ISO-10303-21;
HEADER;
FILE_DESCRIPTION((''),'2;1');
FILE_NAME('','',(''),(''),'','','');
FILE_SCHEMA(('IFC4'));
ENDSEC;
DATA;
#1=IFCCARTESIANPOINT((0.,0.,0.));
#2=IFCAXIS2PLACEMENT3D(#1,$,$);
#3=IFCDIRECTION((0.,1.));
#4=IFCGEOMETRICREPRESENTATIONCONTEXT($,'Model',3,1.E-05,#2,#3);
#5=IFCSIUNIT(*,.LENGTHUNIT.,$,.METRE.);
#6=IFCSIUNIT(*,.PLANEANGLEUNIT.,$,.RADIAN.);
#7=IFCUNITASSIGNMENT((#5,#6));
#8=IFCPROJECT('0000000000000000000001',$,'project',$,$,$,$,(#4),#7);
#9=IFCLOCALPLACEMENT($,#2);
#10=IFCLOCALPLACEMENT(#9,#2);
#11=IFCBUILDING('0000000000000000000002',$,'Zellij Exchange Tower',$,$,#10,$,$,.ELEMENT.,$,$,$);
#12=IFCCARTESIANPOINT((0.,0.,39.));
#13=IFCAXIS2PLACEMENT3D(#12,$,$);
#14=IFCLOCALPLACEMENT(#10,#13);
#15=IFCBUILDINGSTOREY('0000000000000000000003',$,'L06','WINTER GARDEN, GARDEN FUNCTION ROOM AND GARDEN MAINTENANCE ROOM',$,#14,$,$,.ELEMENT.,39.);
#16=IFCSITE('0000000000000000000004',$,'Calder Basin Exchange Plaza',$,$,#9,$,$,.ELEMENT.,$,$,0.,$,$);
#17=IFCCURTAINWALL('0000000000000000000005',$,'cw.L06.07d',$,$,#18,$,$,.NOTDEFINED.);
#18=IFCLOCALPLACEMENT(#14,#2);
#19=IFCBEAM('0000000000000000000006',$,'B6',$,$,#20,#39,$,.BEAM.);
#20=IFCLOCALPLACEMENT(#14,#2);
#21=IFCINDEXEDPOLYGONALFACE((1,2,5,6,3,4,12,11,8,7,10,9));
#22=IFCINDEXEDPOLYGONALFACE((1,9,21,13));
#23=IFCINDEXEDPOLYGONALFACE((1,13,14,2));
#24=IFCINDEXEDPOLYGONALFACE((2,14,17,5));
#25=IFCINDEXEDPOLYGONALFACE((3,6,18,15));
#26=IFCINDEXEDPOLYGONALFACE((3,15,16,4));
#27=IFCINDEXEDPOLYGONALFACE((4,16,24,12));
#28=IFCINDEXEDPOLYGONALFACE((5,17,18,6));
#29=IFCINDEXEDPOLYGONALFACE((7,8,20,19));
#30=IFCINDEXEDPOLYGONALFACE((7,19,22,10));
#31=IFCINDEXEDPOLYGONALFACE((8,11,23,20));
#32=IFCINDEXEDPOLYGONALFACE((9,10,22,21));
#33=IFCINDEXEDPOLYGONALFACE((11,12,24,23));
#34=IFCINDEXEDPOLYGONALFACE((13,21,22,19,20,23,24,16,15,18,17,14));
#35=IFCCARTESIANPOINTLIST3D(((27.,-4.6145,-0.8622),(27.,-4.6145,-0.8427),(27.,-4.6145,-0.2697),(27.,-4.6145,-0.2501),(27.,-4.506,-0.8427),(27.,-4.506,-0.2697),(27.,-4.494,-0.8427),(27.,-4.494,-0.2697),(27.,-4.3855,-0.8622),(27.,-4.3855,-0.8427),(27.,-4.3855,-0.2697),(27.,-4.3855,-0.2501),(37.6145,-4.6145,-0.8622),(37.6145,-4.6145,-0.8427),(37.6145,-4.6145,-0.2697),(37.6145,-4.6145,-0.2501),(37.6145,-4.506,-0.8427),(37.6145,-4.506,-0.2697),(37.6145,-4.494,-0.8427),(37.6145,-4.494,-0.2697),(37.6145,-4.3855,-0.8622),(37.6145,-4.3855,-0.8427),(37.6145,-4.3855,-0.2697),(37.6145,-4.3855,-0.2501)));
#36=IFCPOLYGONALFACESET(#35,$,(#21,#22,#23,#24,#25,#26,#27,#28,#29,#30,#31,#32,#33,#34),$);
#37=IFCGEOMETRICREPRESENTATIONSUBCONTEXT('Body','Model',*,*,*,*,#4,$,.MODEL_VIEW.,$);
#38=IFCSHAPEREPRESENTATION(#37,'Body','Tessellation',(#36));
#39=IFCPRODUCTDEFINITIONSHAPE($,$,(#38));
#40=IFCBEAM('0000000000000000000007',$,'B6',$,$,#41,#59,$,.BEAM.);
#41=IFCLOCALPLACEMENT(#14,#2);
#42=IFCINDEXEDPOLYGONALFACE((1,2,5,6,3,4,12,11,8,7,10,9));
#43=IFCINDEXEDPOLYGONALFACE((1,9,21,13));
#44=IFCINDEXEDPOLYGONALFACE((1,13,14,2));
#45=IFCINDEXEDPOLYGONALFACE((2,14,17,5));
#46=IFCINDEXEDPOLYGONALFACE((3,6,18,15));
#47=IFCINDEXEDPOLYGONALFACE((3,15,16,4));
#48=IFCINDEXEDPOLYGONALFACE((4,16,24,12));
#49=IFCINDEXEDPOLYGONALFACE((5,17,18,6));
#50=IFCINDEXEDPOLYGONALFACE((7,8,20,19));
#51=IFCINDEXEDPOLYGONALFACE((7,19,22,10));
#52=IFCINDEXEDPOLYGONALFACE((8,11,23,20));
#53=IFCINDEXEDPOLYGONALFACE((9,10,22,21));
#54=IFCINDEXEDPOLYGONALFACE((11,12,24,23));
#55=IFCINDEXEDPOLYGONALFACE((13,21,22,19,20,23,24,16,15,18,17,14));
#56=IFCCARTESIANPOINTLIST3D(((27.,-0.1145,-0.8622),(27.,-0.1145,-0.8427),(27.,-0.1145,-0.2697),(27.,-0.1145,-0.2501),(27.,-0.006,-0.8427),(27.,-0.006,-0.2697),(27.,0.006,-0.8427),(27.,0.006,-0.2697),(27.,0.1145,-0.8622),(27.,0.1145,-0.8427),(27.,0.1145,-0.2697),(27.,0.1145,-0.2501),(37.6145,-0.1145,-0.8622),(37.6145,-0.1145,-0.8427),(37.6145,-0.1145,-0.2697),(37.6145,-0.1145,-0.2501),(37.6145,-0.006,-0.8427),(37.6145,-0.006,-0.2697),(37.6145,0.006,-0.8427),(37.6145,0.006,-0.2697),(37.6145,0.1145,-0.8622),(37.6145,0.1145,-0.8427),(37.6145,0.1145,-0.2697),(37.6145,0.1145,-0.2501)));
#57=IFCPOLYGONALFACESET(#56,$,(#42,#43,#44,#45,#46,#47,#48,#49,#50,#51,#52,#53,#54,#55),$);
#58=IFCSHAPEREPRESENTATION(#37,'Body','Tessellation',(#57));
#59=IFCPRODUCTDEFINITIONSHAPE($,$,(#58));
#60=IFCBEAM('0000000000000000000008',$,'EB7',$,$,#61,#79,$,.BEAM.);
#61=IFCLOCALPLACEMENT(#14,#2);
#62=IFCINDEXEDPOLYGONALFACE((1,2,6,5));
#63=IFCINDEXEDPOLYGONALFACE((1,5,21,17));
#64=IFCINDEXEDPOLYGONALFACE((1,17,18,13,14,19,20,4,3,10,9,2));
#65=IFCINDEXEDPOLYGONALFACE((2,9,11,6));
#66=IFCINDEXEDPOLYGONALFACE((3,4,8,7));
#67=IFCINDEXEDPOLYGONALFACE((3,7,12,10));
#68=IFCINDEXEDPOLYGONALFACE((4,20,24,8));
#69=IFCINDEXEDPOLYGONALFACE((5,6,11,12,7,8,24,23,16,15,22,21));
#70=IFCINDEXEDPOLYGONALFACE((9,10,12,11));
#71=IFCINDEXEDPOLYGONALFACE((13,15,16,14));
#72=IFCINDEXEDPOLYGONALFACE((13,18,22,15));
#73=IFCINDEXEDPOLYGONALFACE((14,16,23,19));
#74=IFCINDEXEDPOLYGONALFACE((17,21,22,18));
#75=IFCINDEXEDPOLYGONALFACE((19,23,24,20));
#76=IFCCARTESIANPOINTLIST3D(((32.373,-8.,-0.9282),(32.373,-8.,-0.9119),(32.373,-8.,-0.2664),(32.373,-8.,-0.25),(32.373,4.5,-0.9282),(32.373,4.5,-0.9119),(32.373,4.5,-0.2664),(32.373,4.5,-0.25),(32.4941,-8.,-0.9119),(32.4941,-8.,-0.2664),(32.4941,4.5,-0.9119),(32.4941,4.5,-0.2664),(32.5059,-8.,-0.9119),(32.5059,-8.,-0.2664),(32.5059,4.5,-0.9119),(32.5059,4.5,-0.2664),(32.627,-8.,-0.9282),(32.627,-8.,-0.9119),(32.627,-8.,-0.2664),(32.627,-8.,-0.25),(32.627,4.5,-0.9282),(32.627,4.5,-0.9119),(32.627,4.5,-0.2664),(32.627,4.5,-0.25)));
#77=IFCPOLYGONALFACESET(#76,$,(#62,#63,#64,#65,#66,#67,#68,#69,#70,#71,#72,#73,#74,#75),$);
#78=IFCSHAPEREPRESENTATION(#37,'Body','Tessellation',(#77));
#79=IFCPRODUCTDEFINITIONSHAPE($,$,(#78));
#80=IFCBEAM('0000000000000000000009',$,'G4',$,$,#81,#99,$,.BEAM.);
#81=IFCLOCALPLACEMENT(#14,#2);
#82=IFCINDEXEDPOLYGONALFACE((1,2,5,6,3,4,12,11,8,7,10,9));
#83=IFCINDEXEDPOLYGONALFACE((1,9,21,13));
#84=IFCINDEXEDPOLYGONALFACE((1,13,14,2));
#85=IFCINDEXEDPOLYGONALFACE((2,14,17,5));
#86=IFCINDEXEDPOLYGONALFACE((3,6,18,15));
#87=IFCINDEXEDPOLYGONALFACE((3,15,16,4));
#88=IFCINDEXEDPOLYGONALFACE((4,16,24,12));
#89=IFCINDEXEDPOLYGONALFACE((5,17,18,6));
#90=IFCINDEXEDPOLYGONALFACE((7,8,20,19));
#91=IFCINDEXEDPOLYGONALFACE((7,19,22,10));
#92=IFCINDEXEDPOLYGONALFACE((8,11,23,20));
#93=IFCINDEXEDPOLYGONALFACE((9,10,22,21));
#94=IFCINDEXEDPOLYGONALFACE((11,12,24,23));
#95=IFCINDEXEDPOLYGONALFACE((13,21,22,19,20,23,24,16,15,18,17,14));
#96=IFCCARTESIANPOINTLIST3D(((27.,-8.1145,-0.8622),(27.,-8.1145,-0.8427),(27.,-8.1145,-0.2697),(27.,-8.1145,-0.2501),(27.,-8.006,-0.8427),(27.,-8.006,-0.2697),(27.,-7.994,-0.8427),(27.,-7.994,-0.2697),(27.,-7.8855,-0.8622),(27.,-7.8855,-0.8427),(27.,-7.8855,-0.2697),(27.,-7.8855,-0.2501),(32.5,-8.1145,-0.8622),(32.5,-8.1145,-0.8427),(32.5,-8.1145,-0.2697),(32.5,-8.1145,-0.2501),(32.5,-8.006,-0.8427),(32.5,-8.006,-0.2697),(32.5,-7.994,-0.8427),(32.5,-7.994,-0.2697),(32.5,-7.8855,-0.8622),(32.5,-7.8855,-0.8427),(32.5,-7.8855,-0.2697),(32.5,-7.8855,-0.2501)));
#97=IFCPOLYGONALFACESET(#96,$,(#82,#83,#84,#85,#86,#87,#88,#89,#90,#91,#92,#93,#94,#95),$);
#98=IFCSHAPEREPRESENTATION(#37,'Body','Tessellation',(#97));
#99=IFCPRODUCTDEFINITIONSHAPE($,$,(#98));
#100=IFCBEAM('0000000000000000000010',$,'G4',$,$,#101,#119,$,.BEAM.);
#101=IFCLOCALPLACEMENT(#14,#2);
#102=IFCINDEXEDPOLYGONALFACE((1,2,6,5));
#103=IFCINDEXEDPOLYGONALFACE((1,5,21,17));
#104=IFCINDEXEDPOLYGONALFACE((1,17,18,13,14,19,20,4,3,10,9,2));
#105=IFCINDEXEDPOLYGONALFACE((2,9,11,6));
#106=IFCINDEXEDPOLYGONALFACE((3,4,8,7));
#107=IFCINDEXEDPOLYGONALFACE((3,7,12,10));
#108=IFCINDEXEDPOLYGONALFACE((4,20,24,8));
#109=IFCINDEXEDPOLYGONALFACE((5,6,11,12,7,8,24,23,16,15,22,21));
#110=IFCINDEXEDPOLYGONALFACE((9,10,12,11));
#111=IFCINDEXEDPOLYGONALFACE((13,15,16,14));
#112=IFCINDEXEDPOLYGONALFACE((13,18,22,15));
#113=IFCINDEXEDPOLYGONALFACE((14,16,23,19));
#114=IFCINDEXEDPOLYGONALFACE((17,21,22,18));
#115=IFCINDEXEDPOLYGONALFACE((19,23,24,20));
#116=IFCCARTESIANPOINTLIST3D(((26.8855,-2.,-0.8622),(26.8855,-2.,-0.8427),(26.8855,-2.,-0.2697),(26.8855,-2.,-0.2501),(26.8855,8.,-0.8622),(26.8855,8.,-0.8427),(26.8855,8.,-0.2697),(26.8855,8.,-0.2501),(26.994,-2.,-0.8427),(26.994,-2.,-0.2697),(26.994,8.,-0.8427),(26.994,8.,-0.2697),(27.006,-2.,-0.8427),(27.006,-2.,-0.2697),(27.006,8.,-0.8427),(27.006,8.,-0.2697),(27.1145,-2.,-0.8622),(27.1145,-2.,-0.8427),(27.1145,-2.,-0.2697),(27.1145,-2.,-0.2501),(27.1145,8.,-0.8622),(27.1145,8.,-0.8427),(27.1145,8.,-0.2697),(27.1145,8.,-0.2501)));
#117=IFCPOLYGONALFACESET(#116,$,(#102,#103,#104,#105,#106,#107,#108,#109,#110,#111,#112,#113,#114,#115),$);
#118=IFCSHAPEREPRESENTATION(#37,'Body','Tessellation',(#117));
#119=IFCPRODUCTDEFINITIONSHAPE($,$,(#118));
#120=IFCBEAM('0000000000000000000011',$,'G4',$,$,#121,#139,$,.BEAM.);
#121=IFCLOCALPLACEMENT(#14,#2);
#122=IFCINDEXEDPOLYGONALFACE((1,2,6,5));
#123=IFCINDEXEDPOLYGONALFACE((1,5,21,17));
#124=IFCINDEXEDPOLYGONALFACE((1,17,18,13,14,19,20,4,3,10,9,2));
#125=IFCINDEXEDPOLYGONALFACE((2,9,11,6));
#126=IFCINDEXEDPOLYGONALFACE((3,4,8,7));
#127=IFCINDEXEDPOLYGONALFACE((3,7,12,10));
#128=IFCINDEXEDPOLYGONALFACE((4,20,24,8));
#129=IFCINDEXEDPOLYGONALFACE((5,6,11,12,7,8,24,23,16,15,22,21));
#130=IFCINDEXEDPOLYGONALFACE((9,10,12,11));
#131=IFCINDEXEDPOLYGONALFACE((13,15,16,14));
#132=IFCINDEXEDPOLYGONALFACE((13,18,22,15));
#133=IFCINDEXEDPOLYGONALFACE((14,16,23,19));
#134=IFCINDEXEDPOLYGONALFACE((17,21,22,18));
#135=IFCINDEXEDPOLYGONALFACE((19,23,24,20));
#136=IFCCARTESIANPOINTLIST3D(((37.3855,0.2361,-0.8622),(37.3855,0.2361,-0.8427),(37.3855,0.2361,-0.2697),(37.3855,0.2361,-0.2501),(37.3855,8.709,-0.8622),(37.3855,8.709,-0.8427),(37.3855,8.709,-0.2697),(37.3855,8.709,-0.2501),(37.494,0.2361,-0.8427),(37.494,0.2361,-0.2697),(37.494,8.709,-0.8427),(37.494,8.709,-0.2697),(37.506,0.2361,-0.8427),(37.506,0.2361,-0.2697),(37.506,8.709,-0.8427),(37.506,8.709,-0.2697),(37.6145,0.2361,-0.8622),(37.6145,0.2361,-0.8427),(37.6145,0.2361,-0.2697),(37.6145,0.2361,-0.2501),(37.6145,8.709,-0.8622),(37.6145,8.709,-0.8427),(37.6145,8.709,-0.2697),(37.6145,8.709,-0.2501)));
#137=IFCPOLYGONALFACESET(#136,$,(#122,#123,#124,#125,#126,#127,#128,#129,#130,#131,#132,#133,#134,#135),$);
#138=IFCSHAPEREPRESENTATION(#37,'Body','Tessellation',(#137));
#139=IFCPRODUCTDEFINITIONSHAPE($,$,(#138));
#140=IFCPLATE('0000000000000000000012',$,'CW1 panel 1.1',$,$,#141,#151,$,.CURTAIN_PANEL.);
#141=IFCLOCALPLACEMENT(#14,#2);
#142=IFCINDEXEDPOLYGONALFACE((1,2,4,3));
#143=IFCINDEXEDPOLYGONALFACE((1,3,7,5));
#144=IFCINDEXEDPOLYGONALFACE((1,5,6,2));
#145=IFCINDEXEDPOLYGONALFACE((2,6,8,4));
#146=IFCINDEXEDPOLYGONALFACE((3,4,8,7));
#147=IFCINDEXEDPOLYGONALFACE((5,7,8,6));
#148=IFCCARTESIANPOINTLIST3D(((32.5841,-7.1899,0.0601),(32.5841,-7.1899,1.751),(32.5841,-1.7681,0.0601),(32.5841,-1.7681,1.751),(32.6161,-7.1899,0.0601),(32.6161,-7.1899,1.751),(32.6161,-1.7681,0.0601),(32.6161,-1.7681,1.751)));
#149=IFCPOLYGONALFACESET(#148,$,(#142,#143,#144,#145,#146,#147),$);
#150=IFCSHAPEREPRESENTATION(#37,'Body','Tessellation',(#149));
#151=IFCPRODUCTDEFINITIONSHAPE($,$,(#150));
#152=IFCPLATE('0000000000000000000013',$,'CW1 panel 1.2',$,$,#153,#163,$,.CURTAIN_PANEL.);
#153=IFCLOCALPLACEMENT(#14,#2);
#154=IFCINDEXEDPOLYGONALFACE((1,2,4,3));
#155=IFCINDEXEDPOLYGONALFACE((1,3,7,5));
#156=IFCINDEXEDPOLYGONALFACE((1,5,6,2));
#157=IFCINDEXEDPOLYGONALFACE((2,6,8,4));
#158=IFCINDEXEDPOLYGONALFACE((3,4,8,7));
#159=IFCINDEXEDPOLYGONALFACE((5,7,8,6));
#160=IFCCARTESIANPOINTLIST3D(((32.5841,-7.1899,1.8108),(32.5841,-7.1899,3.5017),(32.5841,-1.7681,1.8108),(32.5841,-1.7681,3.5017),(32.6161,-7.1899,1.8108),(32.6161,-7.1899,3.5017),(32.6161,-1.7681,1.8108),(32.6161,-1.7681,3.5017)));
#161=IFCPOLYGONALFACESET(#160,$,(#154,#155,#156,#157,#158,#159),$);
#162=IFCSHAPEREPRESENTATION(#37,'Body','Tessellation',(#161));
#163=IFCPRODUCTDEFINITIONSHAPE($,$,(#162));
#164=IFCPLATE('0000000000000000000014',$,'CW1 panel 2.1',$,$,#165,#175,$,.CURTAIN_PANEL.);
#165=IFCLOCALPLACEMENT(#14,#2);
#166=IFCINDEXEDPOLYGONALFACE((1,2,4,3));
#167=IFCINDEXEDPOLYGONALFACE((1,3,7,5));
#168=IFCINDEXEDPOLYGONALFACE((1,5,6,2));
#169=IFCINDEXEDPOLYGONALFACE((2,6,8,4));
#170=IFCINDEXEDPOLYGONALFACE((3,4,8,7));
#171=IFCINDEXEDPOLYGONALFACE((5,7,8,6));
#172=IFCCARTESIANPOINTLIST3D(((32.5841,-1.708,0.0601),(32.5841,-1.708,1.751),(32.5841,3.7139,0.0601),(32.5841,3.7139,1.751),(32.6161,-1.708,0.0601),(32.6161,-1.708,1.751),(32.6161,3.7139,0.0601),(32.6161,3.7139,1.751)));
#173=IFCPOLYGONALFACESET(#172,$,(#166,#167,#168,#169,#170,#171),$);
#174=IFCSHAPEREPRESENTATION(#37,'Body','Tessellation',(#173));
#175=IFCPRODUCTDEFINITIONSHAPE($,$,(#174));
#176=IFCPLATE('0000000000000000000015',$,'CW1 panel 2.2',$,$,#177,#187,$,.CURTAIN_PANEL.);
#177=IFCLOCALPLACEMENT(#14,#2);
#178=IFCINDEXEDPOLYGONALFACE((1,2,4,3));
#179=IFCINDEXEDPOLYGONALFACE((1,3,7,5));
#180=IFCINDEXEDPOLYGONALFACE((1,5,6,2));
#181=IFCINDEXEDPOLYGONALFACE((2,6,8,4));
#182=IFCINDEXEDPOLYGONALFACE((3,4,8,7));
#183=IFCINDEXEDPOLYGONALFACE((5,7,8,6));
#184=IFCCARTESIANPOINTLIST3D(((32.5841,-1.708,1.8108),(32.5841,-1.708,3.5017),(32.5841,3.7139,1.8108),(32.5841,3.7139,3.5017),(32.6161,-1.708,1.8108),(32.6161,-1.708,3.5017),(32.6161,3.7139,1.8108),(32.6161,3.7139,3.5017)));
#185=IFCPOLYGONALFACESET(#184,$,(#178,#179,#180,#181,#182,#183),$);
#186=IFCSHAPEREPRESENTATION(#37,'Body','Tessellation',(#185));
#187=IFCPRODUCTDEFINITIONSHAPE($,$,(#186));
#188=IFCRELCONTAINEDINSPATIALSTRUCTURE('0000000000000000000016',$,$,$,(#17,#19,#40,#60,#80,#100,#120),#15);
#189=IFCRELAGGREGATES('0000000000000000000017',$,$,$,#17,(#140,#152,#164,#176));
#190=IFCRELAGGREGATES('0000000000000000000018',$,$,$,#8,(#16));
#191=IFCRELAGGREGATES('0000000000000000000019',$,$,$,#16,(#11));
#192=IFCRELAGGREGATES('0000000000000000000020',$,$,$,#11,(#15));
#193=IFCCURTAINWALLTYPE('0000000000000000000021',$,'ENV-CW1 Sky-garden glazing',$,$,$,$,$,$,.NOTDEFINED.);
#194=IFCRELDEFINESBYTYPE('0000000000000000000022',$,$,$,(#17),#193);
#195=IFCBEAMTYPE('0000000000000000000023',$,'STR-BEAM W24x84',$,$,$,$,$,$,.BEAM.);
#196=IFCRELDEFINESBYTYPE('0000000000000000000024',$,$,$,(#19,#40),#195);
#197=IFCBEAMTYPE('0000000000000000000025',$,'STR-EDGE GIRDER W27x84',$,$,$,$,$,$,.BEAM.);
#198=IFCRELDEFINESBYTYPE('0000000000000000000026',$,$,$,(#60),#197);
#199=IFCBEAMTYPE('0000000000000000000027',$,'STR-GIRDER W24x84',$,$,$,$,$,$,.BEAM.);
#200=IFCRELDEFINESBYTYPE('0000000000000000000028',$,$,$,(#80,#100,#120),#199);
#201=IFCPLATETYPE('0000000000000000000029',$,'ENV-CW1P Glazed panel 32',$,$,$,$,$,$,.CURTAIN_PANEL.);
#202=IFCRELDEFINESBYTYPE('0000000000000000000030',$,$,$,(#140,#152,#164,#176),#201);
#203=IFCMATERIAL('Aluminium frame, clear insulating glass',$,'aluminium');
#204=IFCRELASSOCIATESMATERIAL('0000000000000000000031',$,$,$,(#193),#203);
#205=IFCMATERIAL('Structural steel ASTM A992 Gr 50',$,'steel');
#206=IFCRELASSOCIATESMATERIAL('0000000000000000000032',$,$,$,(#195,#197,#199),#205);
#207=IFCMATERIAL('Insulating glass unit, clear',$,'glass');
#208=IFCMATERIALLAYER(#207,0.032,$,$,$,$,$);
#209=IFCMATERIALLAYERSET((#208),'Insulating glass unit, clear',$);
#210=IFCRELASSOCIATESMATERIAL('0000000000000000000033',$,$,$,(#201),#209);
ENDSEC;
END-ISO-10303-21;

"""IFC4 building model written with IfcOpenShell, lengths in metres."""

from ifc_helpers import new_model, si_unit, direction, frame, origin, origin_2d, place, context, subcontext, project, spatial, rectangle, i_section, extrude, material, layer, layer_set, material_profile, profile_set, type_object, element, aggregate, save


model = new_model("IFC4")

# Units and contexts
model_context = context("Model", 3, precision=1e-05, world=origin(), true_north=direction((0.0, 1.0)))
body_context = subcontext(model_context, "Body", "Model", "MODEL_VIEW")
ifc_project = project(units=[si_unit("LENGTHUNIT", "METRE"), si_unit("PLANEANGLEUNIT", "RADIAN")], contexts=[model_context])

# Site, building, storey
site_placement = place(None, origin())
site = spatial("IfcSite", under=ifc_project, at=site_placement, Name="Calder Basin Exchange Plaza", CompositionType="ELEMENT", RefElevation=0.0)
building_placement = place(site_placement, origin())
building = spatial("IfcBuilding", under=site, at=building_placement, Name="Zellij Exchange Tower", CompositionType="ELEMENT")
storey_placement = place(building_placement, frame((0.0, 0.0, 39.0)))
storey = spatial("IfcBuildingStorey", under=building, at=storey_placement, Name="L06", Description="WINTER GARDEN, GARDEN FUNCTION ROOM AND GARDEN MAINTENANCE ROOM", CompositionType="ELEMENT", Elevation=39.0)

# Curtain wall
ifc_material_1 = material(Name="Aluminium frame, clear insulating glass", Category="aluminium")
curtain_wall_type = type_object("IfcCurtainWallType", Name="ENV-CW1 Sky-garden glazing", PredefinedType="NOTDEFINED", material=ifc_material_1)
curtain_wall_placement = place(storey_placement, origin())
curtain_wall = element("IfcCurtainWall", 1, at=curtain_wall_placement, inside=storey, type_object=curtain_wall_type, Name="cw.L06.07d", PredefinedType="NOTDEFINED")

# Beams
ifc_material_2 = material(Name="Structural steel ASTM A992 Gr 50", Category="steel")
ifc_material_profile_1 = material_profile(ifc_material_2, i_section(OverallWidth=0.229, OverallDepth=0.6121, WebThickness=0.012, FlangeThickness=0.0195, at=origin_2d()), Name="W24x84")
ifc_profile_set_1 = profile_set([ifc_material_profile_1], Name="Structural steel ASTM A992 Gr 50")
beam_type_1 = type_object("IfcBeamType", Name="STR-BEAM W24x84", PredefinedType="BEAM", material=ifc_profile_set_1)
for number, where, z_axis, x_axis, name in (
    (2, (27.0, -4.5, -0.5562), (1.0, 0.0, 0.0), (0.0, 1.0, 0.0), "B6"),
    (3, (27.0, 0.0, -0.5562), (1.0, 0.0, 0.0), (0.0, 1.0, 0.0), "B6"),
):
    element("IfcBeam", number, at=place(storey_placement, frame(where, z_axis=z_axis, x_axis=x_axis)), inside=storey, type_object=beam_type_1, Name=name, PredefinedType="BEAM", context=body_context, shape_type="SweptSolid", body=[
        extrude(i_section(OverallWidth=0.229, OverallDepth=0.6121, WebThickness=0.012, FlangeThickness=0.0195, at=origin_2d()), origin(), (0.0, 0.0, 1.0), 10.6145),
    ])
ifc_material_profile_2 = material_profile(ifc_material_2, i_section(OverallWidth=0.2539, OverallDepth=0.6782, WebThickness=0.0117, FlangeThickness=0.0164, at=origin_2d()), Name="W27x84")
ifc_profile_set_2 = profile_set([ifc_material_profile_2], Name="Structural steel ASTM A992 Gr 50")
beam_type_2 = type_object("IfcBeamType", Name="STR-EDGE GIRDER W27x84", PredefinedType="BEAM", material=ifc_profile_set_2)
beam_1_placement = place(storey_placement, frame((32.5, -8.0, -0.5891), z_axis=(0.0, 1.0, 0.0), x_axis=(-1.0, 0.0, 0.0)))
element("IfcBeam", 4, at=beam_1_placement, inside=storey, type_object=beam_type_2, Name="EB7", PredefinedType="BEAM", context=body_context, shape_type="SweptSolid", body=[
    extrude(i_section(OverallWidth=0.2539, OverallDepth=0.6782, WebThickness=0.0117, FlangeThickness=0.0164, at=origin_2d()), origin(), (0.0, 0.0, 1.0), 12.5),
])
ifc_material_profile_3 = material_profile(ifc_material_2, i_section(OverallWidth=0.229, OverallDepth=0.6121, WebThickness=0.012, FlangeThickness=0.0195, at=origin_2d()), Name="W24x84")
ifc_profile_set_3 = profile_set([ifc_material_profile_3], Name="Structural steel ASTM A992 Gr 50")
beam_type_3 = type_object("IfcBeamType", Name="STR-GIRDER W24x84", PredefinedType="BEAM", material=ifc_profile_set_3)
beam_2_placement = place(storey_placement, frame((27.0, -8.0, -0.5562), z_axis=(1.0, 0.0, 0.0), x_axis=(0.0, 1.0, 0.0)))
element("IfcBeam", 5, at=beam_2_placement, inside=storey, type_object=beam_type_3, Name="G4", PredefinedType="BEAM", context=body_context, shape_type="SweptSolid", body=[
    extrude(i_section(OverallWidth=0.229, OverallDepth=0.6121, WebThickness=0.012, FlangeThickness=0.0195, at=origin_2d()), origin(), (0.0, 0.0, 1.0), 5.5),
])
beam_3_placement = place(storey_placement, frame((27.0, -2.0, -0.5562), z_axis=(0.0, 1.0, 0.0), x_axis=(-1.0, 0.0, 0.0)))
element("IfcBeam", 6, at=beam_3_placement, inside=storey, type_object=beam_type_3, Name="G4", PredefinedType="BEAM", context=body_context, shape_type="SweptSolid", body=[
    extrude(i_section(OverallWidth=0.229, OverallDepth=0.6121, WebThickness=0.012, FlangeThickness=0.0195, at=origin_2d()), origin(), (0.0, 0.0, 1.0), 10.0),
])
beam_4_placement = place(storey_placement, frame((37.5, 0.2361, -0.5562), z_axis=(0.0, 1.0, 0.0), x_axis=(-1.0, 0.0, 0.0)))
element("IfcBeam", 7, at=beam_4_placement, inside=storey, type_object=beam_type_3, Name="G4", PredefinedType="BEAM", context=body_context, shape_type="SweptSolid", body=[
    extrude(i_section(OverallWidth=0.229, OverallDepth=0.6121, WebThickness=0.012, FlangeThickness=0.0195, at=origin_2d()), origin(), (0.0, 0.0, 1.0), 8.4729),
])

# Plates
ifc_material_3 = material(Name="Insulating glass unit, clear", Category="glass")
ifc_layer_1 = layer(ifc_material_3, 0.032)
ifc_layer_set_1 = layer_set([ifc_layer_1], Name="Insulating glass unit, clear")
plate_type = type_object("IfcPlateType", Name="ENV-CW1P Glazed panel 32", PredefinedType="CURTAIN_PANEL", material=ifc_layer_set_1)
plate_1_placement = place(storey_placement, frame((32.6001, -4.479, 0.0601), z_axis=(0.0, 0.0, 1.0), x_axis=(0.0, 1.0, 0.0)))
plate_1 = element("IfcPlate", 8, at=plate_1_placement, type_object=plate_type, Name="CW1 panel 1.1", PredefinedType="CURTAIN_PANEL", context=body_context, shape_type="SweptSolid", body=[
    extrude(rectangle(XDim=5.4219, YDim=0.032, at=origin_2d()), origin(), (0.0, 0.0, 1.0), 1.6909),
])
plate_2_placement = place(storey_placement, frame((32.6001, -4.479, 1.8108), z_axis=(0.0, 0.0, 1.0), x_axis=(0.0, 1.0, 0.0)))
plate_2 = element("IfcPlate", 9, at=plate_2_placement, type_object=plate_type, Name="CW1 panel 1.2", PredefinedType="CURTAIN_PANEL", context=body_context, shape_type="SweptSolid", body=[
    extrude(rectangle(XDim=5.4219, YDim=0.032, at=origin_2d()), origin(), (0.0, 0.0, 1.0), 1.6909),
])
plate_3_placement = place(storey_placement, frame((32.6001, 1.0029, 0.0601), z_axis=(0.0, 0.0, 1.0), x_axis=(0.0, 1.0, 0.0)))
plate_3 = element("IfcPlate", 10, at=plate_3_placement, type_object=plate_type, Name="CW1 panel 2.1", PredefinedType="CURTAIN_PANEL", context=body_context, shape_type="SweptSolid", body=[
    extrude(rectangle(XDim=5.4219, YDim=0.032, at=origin_2d()), origin(), (0.0, 0.0, 1.0), 1.6909),
])
plate_4_placement = place(storey_placement, frame((32.6001, 1.0029, 1.8108), z_axis=(0.0, 0.0, 1.0), x_axis=(0.0, 1.0, 0.0)))
plate_4 = element("IfcPlate", 11, at=plate_4_placement, type_object=plate_type, Name="CW1 panel 2.2", PredefinedType="CURTAIN_PANEL", context=body_context, shape_type="SweptSolid", body=[
    extrude(rectangle(XDim=5.4219, YDim=0.032, at=origin_2d()), origin(), (0.0, 0.0, 1.0), 1.6909),
])
aggregate(curtain_wall, [plate_1, plate_2, plate_3, plate_4])

save(model, "model.ifc")
